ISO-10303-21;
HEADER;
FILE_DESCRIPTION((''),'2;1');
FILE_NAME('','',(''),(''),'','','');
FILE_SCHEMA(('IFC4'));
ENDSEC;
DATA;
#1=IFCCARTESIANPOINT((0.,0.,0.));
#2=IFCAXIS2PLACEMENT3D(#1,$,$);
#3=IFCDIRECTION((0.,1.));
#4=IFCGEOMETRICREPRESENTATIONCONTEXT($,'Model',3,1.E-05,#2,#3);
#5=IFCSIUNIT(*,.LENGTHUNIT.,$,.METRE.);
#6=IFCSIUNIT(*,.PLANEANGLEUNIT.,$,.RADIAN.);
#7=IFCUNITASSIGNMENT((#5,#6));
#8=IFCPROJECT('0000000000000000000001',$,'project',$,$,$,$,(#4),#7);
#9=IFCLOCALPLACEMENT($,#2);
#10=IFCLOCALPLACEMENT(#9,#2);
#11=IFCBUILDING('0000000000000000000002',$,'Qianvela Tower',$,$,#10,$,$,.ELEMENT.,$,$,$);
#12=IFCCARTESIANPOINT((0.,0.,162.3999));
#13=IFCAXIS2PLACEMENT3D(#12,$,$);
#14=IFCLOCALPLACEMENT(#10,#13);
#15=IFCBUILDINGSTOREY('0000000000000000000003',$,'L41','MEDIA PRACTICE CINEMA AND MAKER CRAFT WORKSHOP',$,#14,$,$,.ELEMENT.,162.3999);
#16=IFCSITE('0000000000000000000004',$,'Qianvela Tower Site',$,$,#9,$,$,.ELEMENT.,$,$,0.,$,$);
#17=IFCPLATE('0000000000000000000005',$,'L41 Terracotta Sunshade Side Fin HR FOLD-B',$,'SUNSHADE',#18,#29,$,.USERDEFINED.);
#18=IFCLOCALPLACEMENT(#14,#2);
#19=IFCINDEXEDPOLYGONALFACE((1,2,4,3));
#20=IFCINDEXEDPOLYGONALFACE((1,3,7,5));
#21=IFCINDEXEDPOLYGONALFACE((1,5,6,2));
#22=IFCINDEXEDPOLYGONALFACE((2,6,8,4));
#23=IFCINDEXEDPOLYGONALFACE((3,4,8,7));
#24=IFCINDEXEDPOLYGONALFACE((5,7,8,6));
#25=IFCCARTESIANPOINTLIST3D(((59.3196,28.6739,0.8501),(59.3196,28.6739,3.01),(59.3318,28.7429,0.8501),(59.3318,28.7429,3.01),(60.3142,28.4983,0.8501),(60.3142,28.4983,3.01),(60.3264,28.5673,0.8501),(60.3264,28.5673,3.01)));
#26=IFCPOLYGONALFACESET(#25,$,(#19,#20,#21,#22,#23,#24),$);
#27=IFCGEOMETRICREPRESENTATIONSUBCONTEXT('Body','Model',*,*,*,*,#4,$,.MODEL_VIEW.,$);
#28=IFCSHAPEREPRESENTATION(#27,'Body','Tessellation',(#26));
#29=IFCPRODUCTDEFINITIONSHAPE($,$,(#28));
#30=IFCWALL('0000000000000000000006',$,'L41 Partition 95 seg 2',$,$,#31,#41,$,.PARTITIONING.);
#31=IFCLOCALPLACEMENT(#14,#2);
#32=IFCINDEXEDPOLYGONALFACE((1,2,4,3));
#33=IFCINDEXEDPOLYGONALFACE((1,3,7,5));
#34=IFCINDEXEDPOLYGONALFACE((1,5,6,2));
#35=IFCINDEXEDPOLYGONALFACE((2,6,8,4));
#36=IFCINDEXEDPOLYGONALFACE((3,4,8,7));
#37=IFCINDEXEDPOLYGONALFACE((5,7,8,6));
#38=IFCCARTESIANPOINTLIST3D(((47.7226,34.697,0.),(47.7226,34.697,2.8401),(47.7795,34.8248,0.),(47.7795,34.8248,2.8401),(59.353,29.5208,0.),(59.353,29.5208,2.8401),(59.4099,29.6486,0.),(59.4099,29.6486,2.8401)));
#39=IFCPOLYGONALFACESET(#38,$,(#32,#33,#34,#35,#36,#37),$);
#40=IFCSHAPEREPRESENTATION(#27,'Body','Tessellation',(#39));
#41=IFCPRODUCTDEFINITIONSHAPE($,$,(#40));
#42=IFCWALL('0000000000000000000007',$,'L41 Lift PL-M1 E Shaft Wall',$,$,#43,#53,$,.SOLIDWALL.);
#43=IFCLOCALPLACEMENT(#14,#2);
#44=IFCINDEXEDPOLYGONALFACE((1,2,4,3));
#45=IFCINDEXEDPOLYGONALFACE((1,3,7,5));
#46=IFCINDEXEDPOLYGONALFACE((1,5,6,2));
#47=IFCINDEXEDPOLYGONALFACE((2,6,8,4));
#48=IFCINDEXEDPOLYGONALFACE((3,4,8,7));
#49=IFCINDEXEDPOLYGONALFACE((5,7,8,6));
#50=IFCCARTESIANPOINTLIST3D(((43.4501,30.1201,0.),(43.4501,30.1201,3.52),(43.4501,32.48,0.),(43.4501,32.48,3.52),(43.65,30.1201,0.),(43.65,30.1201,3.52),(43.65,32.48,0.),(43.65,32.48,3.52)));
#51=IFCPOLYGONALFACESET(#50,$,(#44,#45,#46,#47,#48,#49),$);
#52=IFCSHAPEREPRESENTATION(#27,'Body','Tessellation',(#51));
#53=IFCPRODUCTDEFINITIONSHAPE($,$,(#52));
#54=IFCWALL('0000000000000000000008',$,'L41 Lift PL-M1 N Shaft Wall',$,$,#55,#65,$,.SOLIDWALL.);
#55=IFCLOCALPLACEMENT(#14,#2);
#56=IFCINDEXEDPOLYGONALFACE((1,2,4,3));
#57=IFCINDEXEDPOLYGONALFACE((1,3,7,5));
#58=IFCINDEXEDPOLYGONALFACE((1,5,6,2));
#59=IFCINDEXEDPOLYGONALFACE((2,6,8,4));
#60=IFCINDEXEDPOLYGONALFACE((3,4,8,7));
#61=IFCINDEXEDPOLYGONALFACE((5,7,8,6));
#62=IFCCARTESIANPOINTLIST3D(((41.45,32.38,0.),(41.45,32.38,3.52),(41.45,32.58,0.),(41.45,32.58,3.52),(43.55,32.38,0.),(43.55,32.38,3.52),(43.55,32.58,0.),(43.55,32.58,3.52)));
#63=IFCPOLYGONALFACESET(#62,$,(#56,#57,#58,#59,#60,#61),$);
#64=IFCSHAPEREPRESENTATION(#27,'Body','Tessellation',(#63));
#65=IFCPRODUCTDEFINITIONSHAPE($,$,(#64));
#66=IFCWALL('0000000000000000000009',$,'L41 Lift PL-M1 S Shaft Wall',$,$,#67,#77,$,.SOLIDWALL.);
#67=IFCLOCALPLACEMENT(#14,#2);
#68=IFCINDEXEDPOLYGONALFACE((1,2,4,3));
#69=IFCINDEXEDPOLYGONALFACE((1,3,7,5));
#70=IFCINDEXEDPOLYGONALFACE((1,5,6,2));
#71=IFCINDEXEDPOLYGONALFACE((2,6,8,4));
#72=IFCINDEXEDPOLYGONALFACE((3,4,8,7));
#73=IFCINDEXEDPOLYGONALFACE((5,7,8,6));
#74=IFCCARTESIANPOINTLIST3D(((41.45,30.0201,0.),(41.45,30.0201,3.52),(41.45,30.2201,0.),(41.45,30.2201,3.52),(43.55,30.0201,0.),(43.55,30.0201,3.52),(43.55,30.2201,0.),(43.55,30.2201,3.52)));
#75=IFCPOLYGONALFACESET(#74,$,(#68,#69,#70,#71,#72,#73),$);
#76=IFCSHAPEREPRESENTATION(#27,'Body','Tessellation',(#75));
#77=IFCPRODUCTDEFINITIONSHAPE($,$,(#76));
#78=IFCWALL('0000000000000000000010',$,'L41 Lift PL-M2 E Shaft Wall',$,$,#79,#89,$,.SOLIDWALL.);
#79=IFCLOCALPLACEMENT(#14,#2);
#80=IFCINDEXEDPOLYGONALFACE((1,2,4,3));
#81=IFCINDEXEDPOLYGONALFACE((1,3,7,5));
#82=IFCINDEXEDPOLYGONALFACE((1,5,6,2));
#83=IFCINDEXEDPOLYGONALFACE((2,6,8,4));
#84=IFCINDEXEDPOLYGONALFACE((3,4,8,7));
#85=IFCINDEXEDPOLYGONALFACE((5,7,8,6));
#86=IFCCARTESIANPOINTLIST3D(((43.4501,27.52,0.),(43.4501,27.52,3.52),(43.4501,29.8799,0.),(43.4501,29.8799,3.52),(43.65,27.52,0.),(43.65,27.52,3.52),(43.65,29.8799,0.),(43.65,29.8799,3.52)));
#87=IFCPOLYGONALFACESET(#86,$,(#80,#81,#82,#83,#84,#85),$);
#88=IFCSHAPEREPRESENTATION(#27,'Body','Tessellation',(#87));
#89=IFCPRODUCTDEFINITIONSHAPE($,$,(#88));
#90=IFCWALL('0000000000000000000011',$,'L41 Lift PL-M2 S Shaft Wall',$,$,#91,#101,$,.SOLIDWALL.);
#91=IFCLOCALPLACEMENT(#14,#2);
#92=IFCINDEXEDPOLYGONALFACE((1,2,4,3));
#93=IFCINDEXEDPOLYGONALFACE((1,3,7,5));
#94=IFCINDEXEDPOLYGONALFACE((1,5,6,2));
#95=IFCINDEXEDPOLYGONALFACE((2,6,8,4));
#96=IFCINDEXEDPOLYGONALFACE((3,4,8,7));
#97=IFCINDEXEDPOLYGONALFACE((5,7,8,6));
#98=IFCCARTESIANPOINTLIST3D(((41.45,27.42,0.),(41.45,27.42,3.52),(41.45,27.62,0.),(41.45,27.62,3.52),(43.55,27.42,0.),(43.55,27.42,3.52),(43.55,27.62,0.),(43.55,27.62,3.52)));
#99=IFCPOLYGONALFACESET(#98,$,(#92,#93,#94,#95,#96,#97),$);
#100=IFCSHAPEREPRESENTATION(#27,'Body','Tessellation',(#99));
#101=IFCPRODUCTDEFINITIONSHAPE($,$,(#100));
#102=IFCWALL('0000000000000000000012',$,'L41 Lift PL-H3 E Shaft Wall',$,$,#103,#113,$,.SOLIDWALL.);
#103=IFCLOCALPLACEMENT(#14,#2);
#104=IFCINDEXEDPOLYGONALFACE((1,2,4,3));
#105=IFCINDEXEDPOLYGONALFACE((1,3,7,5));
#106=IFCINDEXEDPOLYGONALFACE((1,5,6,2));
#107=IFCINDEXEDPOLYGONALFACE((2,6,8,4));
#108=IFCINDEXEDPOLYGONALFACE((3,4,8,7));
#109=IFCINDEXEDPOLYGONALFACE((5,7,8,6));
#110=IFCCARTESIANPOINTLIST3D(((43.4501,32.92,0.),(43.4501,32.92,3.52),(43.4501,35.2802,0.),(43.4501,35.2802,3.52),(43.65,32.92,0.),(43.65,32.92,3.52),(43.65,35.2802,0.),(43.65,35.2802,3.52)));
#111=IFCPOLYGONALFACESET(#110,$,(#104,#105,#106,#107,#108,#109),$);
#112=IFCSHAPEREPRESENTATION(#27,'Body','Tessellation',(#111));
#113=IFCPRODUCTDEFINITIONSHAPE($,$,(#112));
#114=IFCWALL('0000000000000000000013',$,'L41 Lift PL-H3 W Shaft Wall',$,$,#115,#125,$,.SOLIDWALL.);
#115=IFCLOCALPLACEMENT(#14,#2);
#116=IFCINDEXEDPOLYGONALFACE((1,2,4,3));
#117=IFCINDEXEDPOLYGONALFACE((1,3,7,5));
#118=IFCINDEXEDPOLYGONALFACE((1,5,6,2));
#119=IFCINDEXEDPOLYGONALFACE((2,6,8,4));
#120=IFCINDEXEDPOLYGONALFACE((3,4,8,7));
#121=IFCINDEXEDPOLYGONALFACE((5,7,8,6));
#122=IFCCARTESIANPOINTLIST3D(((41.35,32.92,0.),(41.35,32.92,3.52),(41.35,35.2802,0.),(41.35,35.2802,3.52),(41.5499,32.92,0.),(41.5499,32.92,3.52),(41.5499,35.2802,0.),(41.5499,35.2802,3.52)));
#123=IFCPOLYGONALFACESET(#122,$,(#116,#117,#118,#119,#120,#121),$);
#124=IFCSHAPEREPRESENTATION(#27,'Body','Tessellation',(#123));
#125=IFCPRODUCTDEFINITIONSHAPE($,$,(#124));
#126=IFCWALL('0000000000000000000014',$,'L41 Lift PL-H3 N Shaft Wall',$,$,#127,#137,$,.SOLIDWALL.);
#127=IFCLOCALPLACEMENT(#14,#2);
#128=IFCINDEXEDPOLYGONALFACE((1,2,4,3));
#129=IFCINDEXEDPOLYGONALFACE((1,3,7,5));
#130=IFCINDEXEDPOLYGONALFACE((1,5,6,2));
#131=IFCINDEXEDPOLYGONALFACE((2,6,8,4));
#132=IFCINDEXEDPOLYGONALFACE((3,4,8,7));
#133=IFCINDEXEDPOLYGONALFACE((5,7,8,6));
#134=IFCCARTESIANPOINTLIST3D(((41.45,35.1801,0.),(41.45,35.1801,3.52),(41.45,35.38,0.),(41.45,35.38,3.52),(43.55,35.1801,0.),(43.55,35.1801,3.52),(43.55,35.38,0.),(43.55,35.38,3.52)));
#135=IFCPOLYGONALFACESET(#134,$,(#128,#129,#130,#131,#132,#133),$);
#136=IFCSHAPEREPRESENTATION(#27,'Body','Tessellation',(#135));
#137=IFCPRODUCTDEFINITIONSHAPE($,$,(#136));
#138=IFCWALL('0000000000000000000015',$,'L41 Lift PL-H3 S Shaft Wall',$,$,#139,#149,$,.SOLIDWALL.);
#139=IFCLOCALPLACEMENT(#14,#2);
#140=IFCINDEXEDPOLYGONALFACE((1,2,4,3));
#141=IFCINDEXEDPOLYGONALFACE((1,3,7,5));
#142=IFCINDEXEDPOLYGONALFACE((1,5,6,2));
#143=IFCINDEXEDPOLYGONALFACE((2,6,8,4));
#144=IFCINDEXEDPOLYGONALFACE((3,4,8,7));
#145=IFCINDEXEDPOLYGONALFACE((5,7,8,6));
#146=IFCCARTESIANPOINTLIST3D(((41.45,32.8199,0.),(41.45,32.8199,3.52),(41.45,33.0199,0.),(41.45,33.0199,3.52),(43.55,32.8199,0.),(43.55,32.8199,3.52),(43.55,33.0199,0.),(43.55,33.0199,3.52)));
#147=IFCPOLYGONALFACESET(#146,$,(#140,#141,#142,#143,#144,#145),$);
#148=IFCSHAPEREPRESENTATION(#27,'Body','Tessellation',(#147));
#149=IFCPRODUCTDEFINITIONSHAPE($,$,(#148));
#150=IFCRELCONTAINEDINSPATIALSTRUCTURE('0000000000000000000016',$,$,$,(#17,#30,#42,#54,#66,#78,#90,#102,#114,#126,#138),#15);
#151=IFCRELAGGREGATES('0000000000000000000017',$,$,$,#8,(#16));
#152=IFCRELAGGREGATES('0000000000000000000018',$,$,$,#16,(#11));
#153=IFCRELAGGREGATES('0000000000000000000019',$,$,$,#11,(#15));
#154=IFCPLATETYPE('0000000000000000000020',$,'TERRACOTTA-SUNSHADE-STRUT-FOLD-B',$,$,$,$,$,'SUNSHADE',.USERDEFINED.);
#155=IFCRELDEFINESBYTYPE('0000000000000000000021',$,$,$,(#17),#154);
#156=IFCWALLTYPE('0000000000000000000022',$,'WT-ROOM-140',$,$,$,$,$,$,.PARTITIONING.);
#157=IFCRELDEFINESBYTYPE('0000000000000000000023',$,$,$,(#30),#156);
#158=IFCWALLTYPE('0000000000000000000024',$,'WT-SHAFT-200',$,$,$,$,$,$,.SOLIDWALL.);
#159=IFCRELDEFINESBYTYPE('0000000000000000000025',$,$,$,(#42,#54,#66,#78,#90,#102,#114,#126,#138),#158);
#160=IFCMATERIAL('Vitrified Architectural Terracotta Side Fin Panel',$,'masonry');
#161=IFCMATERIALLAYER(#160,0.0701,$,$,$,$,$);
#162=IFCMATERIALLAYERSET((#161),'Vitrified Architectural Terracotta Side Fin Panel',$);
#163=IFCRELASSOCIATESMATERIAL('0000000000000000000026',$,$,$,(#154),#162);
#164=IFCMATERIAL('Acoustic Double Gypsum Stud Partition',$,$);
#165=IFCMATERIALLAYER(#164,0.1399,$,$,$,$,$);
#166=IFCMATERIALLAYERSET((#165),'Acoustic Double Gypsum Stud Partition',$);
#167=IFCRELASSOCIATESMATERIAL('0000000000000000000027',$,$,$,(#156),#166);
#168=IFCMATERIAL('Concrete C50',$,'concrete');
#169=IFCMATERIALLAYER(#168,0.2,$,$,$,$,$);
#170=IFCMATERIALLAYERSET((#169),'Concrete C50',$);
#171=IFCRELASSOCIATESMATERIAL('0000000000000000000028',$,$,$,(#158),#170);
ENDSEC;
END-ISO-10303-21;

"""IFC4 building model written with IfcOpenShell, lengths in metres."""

from ifc_helpers import new_model, si_unit, direction, frame, frame_2d, origin, origin_2d, place, context, subcontext, project, spatial, rectangle, extrude, material, layer, layer_set, type_object, element, save


model = new_model("IFC4")

# Units and contexts
model_context = context("Model", 3, precision=1e-05, world=origin(), true_north=direction((0.0, 1.0)))
body_context = subcontext(model_context, "Body", "Model", "MODEL_VIEW")
ifc_project = project(units=[si_unit("LENGTHUNIT", "METRE"), si_unit("PLANEANGLEUNIT", "RADIAN")], contexts=[model_context])

# Site, building, storey
site_placement = place(None, origin())
site = spatial("IfcSite", under=ifc_project, at=site_placement, Name="Qianvela Tower Site", CompositionType="ELEMENT", RefElevation=0.0)
building_placement = place(site_placement, origin())
building = spatial("IfcBuilding", under=site, at=building_placement, Name="Qianvela Tower", CompositionType="ELEMENT")
storey_placement = place(building_placement, frame((0.0, 0.0, 162.3999)))
storey = spatial("IfcBuildingStorey", under=building, at=storey_placement, Name="L41", Description="MEDIA PRACTICE CINEMA AND MAKER CRAFT WORKSHOP", CompositionType="ELEMENT", Elevation=162.3999)

# Plate
ifc_material_1 = material(Name="Vitrified Architectural Terracotta Side Fin Panel", Category="masonry")
ifc_layer_1 = layer(ifc_material_1, 0.0701)
ifc_layer_set_1 = layer_set([ifc_layer_1], Name="Vitrified Architectural Terracotta Side Fin Panel")
plate_type_1 = type_object("IfcPlateType", Name="TERRACOTTA-SUNSHADE-STRUT-FOLD-B", ElementType="SUNSHADE", PredefinedType="USERDEFINED", material=ifc_layer_set_1)
plate_1_placement = place(storey_placement, frame((59.823, 28.6206, 0.8501), z_axis=(0.0, 0.0, 1.0), x_axis=(0.173884, 0.984766, 0.0)))
element("IfcPlate", 1, at=plate_1_placement, inside=storey, type_object=plate_type_1, Name="L41 Terracotta Sunshade Side Fin HR FOLD-B", ObjectType="SUNSHADE", PredefinedType="USERDEFINED", context=body_context, shape_type="SweptSolid", body=[
    extrude(rectangle(XDim=0.0701, YDim=1.01, at=origin_2d()), origin(), (0.0, 0.0, 1.0), 2.1599),
])

# Walls
ifc_material_2 = material(Name="Acoustic Double Gypsum Stud Partition")
ifc_layer_2 = layer(ifc_material_2, 0.1399)
ifc_layer_set_2 = layer_set([ifc_layer_2], Name="Acoustic Double Gypsum Stud Partition")
wall_type_1 = type_object("IfcWallType", Name="WT-ROOM-140", PredefinedType="PARTITIONING", material=ifc_layer_set_2)
wall_1_placement = place(storey_placement, frame((47.751, 34.761, 0.0), z_axis=(0.0, 0.0, 1.0), x_axis=(0.913601, -0.406612, 0.0)))
element("IfcWall", 2, at=wall_1_placement, inside=storey, type_object=wall_type_1, Name="L41 Partition 95 seg 2", PredefinedType="PARTITIONING", context=body_context, shape_type="SweptSolid", body=[
    extrude(rectangle(XDim=12.7302, YDim=0.1399, at=frame_2d((6.3652, 0.0))), origin(), (0.0, 0.0, 1.0), 2.8401),
])
ifc_material_3 = material(Name="Concrete C50", Category="concrete")
ifc_layer_3 = layer(ifc_material_3, 0.2)
ifc_layer_set_3 = layer_set([ifc_layer_3], Name="Concrete C50")
wall_type_2 = type_object("IfcWallType", Name="WT-SHAFT-200", PredefinedType="SOLIDWALL", material=ifc_layer_set_3)
wall_2_placement = place(storey_placement, frame((43.55, 30.1201, 0.0), z_axis=(0.0, 0.0, 1.0), x_axis=(0.0, 1.0, 0.0)))
element("IfcWall", 3, at=wall_2_placement, inside=storey, type_object=wall_type_2, Name="L41 Lift PL-M1 E Shaft Wall", PredefinedType="SOLIDWALL", context=body_context, shape_type="SweptSolid", body=[
    extrude(rectangle(XDim=2.3599, YDim=0.2, at=frame_2d((1.1799, 0.0))), origin(), (0.0, 0.0, 1.0), 3.52),
])

# Walls
for number, where, z_axis, x_axis, name in (
    (4, (41.45, 32.48, 0.0), (0.0, 0.0, 1.0), (1.0, 0.0, 0.0), "L41 Lift PL-M1 N Shaft Wall"),
    (5, (41.45, 30.1201, 0.0), (0.0, 0.0, 1.0), (1.0, 0.0, 0.0), "L41 Lift PL-M1 S Shaft Wall"),
):
    element("IfcWall", number, at=place(storey_placement, frame(where, z_axis=z_axis, x_axis=x_axis)), inside=storey, type_object=wall_type_2, Name=name, PredefinedType="SOLIDWALL", context=body_context, shape_type="SweptSolid", body=[
        extrude(rectangle(XDim=2.1001, YDim=0.2, at=frame_2d((1.05, 0.0))), origin(), (0.0, 0.0, 1.0), 3.52),
    ])
wall_3_placement = place(storey_placement, frame((43.55, 27.52, 0.0), z_axis=(0.0, 0.0, 1.0), x_axis=(0.0, 1.0, 0.0)))
element("IfcWall", 6, at=wall_3_placement, inside=storey, type_object=wall_type_2, Name="L41 Lift PL-M2 E Shaft Wall", PredefinedType="SOLIDWALL", context=body_context, shape_type="SweptSolid", body=[
    extrude(rectangle(XDim=2.3599, YDim=0.2, at=frame_2d((1.1799, 0.0))), origin(), (0.0, 0.0, 1.0), 3.52),
])
wall_4_placement = place(storey_placement, frame((41.45, 27.52, 0.0), z_axis=(0.0, 0.0, 1.0), x_axis=(1.0, 0.0, 0.0)))
element("IfcWall", 7, at=wall_4_placement, inside=storey, type_object=wall_type_2, Name="L41 Lift PL-M2 S Shaft Wall", PredefinedType="SOLIDWALL", context=body_context, shape_type="SweptSolid", body=[
    extrude(rectangle(XDim=2.1001, YDim=0.2, at=frame_2d((1.05, 0.0))), origin(), (0.0, 0.0, 1.0), 3.52),
])
for number, where, z_axis, x_axis, name in (
    (8, (43.55, 32.9199, 0.0), (0.0, 0.0, 1.0), (0.0, 1.0, 0.0), "L41 Lift PL-H3 E Shaft Wall"),
    (9, (41.45, 32.9199, 0.0), (0.0, 0.0, 1.0), (0.0, 1.0, 0.0), "L41 Lift PL-H3 W Shaft Wall"),
):
    element("IfcWall", number, at=place(storey_placement, frame(where, z_axis=z_axis, x_axis=x_axis)), inside=storey, type_object=wall_type_2, Name=name, PredefinedType="SOLIDWALL", context=body_context, shape_type="SweptSolid", body=[
        extrude(rectangle(XDim=2.3601, YDim=0.2, at=frame_2d((1.1802, 0.0))), origin(), (0.0, 0.0, 1.0), 3.52),
    ])
for number, where, z_axis, x_axis, name in (
    (10, (41.45, 35.28, 0.0), (0.0, 0.0, 1.0), (1.0, 0.0, 0.0), "L41 Lift PL-H3 N Shaft Wall"),
    (11, (41.45, 32.9199, 0.0), (0.0, 0.0, 1.0), (1.0, 0.0, 0.0), "L41 Lift PL-H3 S Shaft Wall"),
):
    element("IfcWall", number, at=place(storey_placement, frame(where, z_axis=z_axis, x_axis=x_axis)), inside=storey, type_object=wall_type_2, Name=name, PredefinedType="SOLIDWALL", context=body_context, shape_type="SweptSolid", body=[
        extrude(rectangle(XDim=2.1001, YDim=0.2, at=frame_2d((1.05, 0.0))), origin(), (0.0, 0.0, 1.0), 3.52),
    ])

save(model, "model.ifc")
